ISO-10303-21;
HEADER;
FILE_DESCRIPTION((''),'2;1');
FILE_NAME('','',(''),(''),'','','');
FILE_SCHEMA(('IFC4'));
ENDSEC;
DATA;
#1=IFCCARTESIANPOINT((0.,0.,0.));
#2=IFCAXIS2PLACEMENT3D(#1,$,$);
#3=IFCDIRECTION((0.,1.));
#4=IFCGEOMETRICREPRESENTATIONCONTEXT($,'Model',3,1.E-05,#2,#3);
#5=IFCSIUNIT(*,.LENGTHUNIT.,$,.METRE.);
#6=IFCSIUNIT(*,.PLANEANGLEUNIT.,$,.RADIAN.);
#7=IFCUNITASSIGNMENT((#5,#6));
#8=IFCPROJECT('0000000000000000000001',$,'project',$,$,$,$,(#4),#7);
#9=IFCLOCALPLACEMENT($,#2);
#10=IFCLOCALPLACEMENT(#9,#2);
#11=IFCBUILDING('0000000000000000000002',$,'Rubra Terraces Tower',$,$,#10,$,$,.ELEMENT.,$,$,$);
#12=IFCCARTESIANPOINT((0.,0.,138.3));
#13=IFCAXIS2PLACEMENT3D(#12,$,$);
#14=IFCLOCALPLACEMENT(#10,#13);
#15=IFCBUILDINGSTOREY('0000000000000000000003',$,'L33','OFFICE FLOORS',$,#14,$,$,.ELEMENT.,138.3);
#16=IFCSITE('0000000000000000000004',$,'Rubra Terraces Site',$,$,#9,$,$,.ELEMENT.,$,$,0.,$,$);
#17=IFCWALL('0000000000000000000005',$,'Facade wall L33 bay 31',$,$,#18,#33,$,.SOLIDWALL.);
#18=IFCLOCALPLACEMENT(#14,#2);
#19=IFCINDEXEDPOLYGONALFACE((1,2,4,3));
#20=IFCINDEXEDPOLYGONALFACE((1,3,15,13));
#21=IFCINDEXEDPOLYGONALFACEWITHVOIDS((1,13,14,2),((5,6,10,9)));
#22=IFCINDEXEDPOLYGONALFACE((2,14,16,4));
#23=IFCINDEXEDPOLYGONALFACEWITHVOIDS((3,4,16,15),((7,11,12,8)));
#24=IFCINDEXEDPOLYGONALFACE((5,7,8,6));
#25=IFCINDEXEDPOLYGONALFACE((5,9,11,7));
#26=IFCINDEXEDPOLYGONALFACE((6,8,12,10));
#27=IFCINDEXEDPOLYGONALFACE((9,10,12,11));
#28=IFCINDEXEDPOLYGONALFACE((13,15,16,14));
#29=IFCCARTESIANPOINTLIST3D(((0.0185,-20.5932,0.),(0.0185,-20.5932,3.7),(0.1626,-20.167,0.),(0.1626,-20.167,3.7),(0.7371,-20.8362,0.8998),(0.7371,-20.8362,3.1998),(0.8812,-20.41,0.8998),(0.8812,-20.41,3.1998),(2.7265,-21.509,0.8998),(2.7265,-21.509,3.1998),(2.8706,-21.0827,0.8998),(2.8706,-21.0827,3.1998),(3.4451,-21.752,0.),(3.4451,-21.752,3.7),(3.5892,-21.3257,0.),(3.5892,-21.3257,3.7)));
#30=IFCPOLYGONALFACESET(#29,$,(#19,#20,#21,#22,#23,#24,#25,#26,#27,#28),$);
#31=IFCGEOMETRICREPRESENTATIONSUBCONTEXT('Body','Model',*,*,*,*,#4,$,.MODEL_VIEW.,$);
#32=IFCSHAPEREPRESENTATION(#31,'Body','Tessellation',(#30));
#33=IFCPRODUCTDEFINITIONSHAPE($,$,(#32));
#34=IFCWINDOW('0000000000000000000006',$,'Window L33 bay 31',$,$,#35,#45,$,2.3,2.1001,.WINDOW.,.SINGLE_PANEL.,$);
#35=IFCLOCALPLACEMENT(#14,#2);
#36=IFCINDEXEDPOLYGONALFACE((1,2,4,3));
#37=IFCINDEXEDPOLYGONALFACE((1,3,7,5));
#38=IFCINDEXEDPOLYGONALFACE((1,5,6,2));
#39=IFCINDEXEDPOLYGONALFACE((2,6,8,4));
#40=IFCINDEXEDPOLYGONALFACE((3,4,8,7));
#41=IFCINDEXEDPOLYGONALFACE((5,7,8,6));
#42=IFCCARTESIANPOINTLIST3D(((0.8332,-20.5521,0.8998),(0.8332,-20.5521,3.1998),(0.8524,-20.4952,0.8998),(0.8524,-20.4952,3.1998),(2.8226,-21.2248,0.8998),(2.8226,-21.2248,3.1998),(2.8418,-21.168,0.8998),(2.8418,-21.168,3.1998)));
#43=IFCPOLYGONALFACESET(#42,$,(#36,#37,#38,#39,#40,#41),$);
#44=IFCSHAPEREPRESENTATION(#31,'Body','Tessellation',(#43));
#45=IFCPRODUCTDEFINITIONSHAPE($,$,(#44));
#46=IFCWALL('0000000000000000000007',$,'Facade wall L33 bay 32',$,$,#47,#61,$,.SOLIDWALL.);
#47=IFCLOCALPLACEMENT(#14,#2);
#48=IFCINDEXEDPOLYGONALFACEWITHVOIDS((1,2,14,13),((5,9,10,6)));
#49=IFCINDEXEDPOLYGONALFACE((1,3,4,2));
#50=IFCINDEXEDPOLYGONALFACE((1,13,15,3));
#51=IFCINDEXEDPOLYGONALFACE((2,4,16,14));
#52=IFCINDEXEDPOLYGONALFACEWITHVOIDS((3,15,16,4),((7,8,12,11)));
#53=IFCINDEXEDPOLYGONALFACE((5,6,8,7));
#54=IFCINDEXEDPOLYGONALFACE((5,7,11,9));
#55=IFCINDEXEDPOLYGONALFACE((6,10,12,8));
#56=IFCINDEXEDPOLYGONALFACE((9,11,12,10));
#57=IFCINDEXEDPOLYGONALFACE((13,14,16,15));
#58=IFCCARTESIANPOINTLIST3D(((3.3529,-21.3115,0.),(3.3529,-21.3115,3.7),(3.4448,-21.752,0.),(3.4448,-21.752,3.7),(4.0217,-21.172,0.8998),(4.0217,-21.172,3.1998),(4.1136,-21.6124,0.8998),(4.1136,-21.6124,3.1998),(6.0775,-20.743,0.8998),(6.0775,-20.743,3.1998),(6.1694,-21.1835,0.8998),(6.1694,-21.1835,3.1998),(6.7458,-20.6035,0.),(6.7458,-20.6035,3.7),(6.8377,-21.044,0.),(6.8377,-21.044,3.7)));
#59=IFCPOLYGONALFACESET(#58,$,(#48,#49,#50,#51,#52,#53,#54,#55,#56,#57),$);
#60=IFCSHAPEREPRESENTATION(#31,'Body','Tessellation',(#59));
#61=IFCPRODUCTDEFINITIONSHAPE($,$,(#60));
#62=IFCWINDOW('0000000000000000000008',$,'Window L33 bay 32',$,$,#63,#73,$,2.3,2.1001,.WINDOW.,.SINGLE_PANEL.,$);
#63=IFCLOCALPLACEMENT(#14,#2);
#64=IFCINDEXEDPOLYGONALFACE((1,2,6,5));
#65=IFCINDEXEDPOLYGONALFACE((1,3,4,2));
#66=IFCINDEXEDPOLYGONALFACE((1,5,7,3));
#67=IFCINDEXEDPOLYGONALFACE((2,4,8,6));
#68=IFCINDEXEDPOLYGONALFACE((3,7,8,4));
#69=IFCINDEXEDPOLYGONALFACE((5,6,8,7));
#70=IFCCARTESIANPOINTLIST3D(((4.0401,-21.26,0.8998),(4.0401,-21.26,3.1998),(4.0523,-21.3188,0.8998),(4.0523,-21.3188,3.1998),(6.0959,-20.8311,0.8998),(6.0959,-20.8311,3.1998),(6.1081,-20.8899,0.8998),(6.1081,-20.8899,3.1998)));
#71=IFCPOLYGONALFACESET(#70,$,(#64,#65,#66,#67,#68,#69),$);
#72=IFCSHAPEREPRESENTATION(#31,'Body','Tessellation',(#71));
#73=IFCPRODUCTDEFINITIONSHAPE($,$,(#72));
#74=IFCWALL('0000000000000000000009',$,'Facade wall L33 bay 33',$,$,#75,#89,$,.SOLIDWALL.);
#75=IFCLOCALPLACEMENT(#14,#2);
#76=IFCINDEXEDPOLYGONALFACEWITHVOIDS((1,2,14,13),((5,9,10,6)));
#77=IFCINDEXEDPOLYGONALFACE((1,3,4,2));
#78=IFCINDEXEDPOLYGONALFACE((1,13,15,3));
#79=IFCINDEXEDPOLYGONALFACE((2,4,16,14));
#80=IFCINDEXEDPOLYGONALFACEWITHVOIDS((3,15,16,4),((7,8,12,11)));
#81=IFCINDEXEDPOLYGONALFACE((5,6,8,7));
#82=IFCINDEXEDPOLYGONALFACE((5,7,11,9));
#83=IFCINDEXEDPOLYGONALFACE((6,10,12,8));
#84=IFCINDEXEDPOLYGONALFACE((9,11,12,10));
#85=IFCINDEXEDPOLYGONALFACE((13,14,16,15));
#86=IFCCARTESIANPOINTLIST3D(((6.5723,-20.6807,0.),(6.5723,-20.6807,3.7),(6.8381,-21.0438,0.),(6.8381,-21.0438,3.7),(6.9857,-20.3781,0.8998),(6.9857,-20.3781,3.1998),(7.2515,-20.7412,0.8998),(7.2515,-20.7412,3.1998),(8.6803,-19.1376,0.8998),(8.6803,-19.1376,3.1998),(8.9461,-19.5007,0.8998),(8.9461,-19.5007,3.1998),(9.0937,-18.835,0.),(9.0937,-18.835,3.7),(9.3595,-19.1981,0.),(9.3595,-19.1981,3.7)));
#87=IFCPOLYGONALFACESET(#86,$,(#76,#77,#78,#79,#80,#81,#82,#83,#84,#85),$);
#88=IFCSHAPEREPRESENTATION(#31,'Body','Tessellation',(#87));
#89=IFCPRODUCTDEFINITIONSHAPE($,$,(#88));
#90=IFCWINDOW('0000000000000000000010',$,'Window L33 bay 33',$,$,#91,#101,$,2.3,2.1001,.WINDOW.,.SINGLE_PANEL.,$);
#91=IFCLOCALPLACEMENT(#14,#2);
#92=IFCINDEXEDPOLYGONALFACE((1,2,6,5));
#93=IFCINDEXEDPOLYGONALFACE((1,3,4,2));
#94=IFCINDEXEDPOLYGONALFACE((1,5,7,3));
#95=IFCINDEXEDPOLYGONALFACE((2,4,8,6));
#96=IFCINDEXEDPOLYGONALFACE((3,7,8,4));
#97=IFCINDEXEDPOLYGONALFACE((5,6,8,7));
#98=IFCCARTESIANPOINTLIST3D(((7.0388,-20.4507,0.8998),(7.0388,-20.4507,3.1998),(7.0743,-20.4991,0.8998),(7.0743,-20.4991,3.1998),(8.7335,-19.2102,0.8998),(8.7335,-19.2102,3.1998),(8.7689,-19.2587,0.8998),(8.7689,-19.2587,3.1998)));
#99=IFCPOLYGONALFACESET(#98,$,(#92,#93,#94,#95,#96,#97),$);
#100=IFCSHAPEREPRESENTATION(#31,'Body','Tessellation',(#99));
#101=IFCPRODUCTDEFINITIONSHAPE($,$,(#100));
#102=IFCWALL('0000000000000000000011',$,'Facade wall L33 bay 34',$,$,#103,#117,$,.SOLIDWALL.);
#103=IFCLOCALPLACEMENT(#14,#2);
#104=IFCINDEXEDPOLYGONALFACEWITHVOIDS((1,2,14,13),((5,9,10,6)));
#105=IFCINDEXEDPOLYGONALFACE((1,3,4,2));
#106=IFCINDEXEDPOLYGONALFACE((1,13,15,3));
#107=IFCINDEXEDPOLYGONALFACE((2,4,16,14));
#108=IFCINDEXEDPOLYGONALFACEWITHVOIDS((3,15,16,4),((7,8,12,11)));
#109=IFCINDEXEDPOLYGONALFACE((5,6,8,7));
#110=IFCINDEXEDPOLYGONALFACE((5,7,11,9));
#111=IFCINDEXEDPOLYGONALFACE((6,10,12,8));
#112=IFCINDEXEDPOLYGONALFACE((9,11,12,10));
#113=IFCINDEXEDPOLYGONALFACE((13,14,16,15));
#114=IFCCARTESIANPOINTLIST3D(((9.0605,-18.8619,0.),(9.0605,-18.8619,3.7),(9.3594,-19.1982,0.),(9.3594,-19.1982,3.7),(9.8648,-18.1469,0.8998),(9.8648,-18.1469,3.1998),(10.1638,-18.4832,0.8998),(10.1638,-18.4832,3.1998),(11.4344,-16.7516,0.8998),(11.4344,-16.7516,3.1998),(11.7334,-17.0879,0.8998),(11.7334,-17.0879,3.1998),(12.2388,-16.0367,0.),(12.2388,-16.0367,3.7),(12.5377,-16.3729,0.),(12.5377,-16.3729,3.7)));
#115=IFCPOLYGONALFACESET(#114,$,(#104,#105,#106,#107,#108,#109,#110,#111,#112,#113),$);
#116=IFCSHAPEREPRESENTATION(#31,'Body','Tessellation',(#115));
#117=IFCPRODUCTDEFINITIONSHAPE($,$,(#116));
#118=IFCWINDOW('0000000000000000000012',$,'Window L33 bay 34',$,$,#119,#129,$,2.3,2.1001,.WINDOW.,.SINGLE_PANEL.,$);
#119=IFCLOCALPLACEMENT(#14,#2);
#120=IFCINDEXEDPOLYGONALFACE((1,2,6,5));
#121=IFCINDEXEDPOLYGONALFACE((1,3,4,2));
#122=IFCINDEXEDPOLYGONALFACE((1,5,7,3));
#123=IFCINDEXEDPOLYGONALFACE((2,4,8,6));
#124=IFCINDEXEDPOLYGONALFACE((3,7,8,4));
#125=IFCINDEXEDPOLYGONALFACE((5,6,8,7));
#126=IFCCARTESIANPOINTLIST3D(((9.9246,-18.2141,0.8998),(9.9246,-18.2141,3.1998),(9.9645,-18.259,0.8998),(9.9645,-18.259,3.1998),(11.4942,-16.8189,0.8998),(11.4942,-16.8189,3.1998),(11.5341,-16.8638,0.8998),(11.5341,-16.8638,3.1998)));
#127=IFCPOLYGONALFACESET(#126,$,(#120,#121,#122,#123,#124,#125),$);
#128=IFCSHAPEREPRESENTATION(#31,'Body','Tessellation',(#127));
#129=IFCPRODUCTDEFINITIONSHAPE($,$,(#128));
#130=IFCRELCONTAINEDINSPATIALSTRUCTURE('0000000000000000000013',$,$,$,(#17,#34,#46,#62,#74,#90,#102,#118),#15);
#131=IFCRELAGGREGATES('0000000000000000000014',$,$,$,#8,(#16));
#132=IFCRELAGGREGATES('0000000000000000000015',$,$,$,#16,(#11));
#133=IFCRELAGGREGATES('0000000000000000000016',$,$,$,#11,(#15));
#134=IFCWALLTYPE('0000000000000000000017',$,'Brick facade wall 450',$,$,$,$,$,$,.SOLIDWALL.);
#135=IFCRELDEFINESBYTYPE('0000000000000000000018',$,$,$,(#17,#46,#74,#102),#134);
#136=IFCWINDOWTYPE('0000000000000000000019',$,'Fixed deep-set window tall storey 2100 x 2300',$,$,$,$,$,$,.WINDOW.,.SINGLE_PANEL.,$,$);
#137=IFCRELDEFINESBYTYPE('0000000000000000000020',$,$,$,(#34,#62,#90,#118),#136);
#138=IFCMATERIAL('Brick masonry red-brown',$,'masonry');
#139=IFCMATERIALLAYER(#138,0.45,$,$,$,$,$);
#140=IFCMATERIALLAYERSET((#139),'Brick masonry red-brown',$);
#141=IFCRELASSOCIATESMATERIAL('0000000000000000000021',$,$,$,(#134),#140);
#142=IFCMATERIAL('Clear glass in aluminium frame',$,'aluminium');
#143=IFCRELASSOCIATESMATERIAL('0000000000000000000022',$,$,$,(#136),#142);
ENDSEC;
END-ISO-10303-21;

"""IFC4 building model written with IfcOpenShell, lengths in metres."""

from ifc_helpers import new_model, si_unit, direction, frame, frame_2d, origin, place, context, subcontext, project, spatial, rectangle, extrude, material, layer, layer_set, type_object, element, fill, save


model = new_model("IFC4")

# Units and contexts
model_context = context("Model", 3, precision=1e-05, world=origin(), true_north=direction((0.0, 1.0)))
body_context = subcontext(model_context, "Body", "Model", "MODEL_VIEW")
ifc_project = project(units=[si_unit("LENGTHUNIT", "METRE"), si_unit("PLANEANGLEUNIT", "RADIAN")], contexts=[model_context])

# Site, building, storey
site_placement = place(None, origin())
site = spatial("IfcSite", under=ifc_project, at=site_placement, Name="Rubra Terraces Site", CompositionType="ELEMENT", RefElevation=0.0)
building_placement = place(site_placement, origin())
building = spatial("IfcBuilding", under=site, at=building_placement, Name="Rubra Terraces Tower", CompositionType="ELEMENT")
storey_placement = place(building_placement, frame((0.0, 0.0, 138.3)))
storey = spatial("IfcBuildingStorey", under=building, at=storey_placement, Name="L33", Description="OFFICE FLOORS", CompositionType="ELEMENT", Elevation=138.3)

# Walls, openings, windows
ifc_material_1 = material(Name="Brick masonry red-brown", Category="masonry")
ifc_layer_1 = layer(ifc_material_1, 0.45)
ifc_layer_set_1 = layer_set([ifc_layer_1], Name="Brick masonry red-brown")
wall_type_1 = type_object("IfcWallType", Name="Brick facade wall 450", PredefinedType="SOLIDWALL", material=ifc_layer_set_1)
wall_1_placement = place(storey_placement, frame((0.0906, -20.3801, 0.0), z_axis=(0.0, 0.0, 1.0), x_axis=(0.947304, -0.320335, 0.0)))
wall_1 = element("IfcWall", 1, at=wall_1_placement, inside=storey, type_object=wall_type_1, Name="Facade wall L33 bay 31", PredefinedType="SOLIDWALL", context=body_context, shape_type="SweptSolid", body=[
    extrude(rectangle(XDim=3.6172, YDim=0.45, at=frame_2d((1.8086, 0.0))), origin(), (0.0, 0.0, 1.0), 3.7),
])
opening_1_placement = place(wall_1_placement, frame((0.7585, 0.0, 0.8999)))
opening_1 = element("IfcOpeningElement", 2, at=opening_1_placement, cuts=wall_1, PredefinedType="OPENING", context=body_context, shape_type="SweptSolid", body=[
    extrude(rectangle(XDim=2.1001, YDim=2.3, at=frame_2d((1.05, 1.1499))), frame((0.0, 0.2349, 0.0), z_axis=(0.0, -1.0, 0.0), x_axis=(1.0, 0.0, 0.0)), (0.0, 0.0, 1.0), 0.47),
])
ifc_material_2 = material(Name="Clear glass in aluminium frame", Category="aluminium")
window_type = type_object("IfcWindowType", Name="Fixed deep-set window tall storey 2100 x 2300", PartitioningType="SINGLE_PANEL", PredefinedType="WINDOW", material=ifc_material_2)
window_1_placement = place(opening_1_placement, origin())
window_1 = element("IfcWindow", 3, at=window_1_placement, inside=storey, type_object=window_type, Name="Window L33 bay 31", OverallHeight=2.3, OverallWidth=2.1001, PartitioningType="SINGLE_PANEL", PredefinedType="WINDOW", context=body_context, shape_type="SweptSolid", body=[
    extrude(rectangle(XDim=2.1001, YDim=2.3, at=frame_2d((1.05, 1.1499))), frame((0.0, 0.135, 0.0), z_axis=(0.0, -1.0, 0.0), x_axis=(1.0, 0.0, 0.0)), (0.0, 0.0, 1.0), 0.0601),
])
fill(opening_1, window_1)
wall_2_placement = place(storey_placement, frame((3.3989, -21.5317, 0.0), z_axis=(0.0, 0.0, 1.0), x_axis=(0.978916, 0.204264, 0.0)))
wall_2 = element("IfcWall", 4, at=wall_2_placement, inside=storey, type_object=wall_type_1, Name="Facade wall L33 bay 32", PredefinedType="SOLIDWALL", context=body_context, shape_type="SweptSolid", body=[
    extrude(rectangle(XDim=3.4661, YDim=0.45, at=frame_2d((1.7329, 0.0))), origin(), (0.0, 0.0, 1.0), 3.7),
])
opening_2_placement = place(wall_2_placement, frame((0.6831, 0.0, 0.8999)))
opening_2 = element("IfcOpeningElement", 5, at=opening_2_placement, cuts=wall_2, PredefinedType="OPENING", context=body_context, shape_type="SweptSolid", body=[
    extrude(rectangle(XDim=2.1001, YDim=2.3, at=frame_2d((1.05, 1.1499))), frame((0.0, 0.2349, 0.0), z_axis=(0.0, -1.0, 0.0), x_axis=(1.0, 0.0, 0.0)), (0.0, 0.0, 1.0), 0.47),
])
window_2_placement = place(opening_2_placement, origin())
window_2 = element("IfcWindow", 6, at=window_2_placement, inside=storey, type_object=window_type, Name="Window L33 bay 32", OverallHeight=2.3, OverallWidth=2.1001, PartitioningType="SINGLE_PANEL", PredefinedType="WINDOW", context=body_context, shape_type="SweptSolid", body=[
    extrude(rectangle(XDim=2.1001, YDim=2.3, at=frame_2d((1.05, 1.1499))), frame((0.0, 0.135, 0.0), z_axis=(0.0, -1.0, 0.0), x_axis=(1.0, 0.0, 0.0)), (0.0, 0.0, 1.0), 0.0601),
])
fill(opening_2, window_2)
wall_3_placement = place(storey_placement, frame((6.7051, -20.8623, 0.0), z_axis=(0.0, 0.0, 1.0), x_axis=(0.806921, 0.590659, 0.0)))
wall_3 = element("IfcWall", 7, at=wall_3_placement, inside=storey, type_object=wall_type_1, Name="Facade wall L33 bay 33", PredefinedType="SOLIDWALL", context=body_context, shape_type="SweptSolid", body=[
    extrude(rectangle(XDim=3.1248, YDim=0.45, at=frame_2d((1.5625, 0.0))), origin(), (0.0, 0.0, 1.0), 3.7),
])
opening_3_placement = place(wall_3_placement, frame((0.5125, 0.0, 0.8999)))
opening_3 = element("IfcOpeningElement", 8, at=opening_3_placement, cuts=wall_3, PredefinedType="OPENING", context=body_context, shape_type="SweptSolid", body=[
    extrude(rectangle(XDim=2.1001, YDim=2.3, at=frame_2d((1.05, 1.1499))), frame((0.0, 0.2349, 0.0), z_axis=(0.0, -1.0, 0.0), x_axis=(1.0, 0.0, 0.0)), (0.0, 0.0, 1.0), 0.47),
])
window_3_placement = place(opening_3_placement, origin())
window_3 = element("IfcWindow", 9, at=window_3_placement, inside=storey, type_object=window_type, Name="Window L33 bay 33", OverallHeight=2.3, OverallWidth=2.1001, PartitioningType="SINGLE_PANEL", PredefinedType="WINDOW", context=body_context, shape_type="SweptSolid", body=[
    extrude(rectangle(XDim=2.1001, YDim=2.3, at=frame_2d((1.05, 1.1499))), frame((0.0, 0.135, 0.0), z_axis=(0.0, -1.0, 0.0), x_axis=(1.0, 0.0, 0.0)), (0.0, 0.0, 1.0), 0.0601),
])
fill(opening_3, window_3)
wall_4_placement = place(storey_placement, frame((9.21, -19.03, 0.0), z_axis=(0.0, 0.0, 1.0), x_axis=(0.747397, 0.664378, 0.0)))
wall_4 = element("IfcWall", 10, at=wall_4_placement, inside=storey, type_object=wall_type_1, Name="Facade wall L33 bay 34", PredefinedType="SOLIDWALL", context=body_context, shape_type="SweptSolid", body=[
    extrude(rectangle(XDim=4.2524, YDim=0.45, at=frame_2d((2.1262, 0.0))), origin(), (0.0, 0.0, 1.0), 3.7),
])
opening_4_placement = place(wall_4_placement, frame((1.0762, 0.0, 0.8999)))
opening_4 = element("IfcOpeningElement", 11, at=opening_4_placement, cuts=wall_4, PredefinedType="OPENING", context=body_context, shape_type="SweptSolid", body=[
    extrude(rectangle(XDim=2.1001, YDim=2.3, at=frame_2d((1.05, 1.1499))), frame((0.0, 0.2349, 0.0), z_axis=(0.0, -1.0, 0.0), x_axis=(1.0, 0.0, 0.0)), (0.0, 0.0, 1.0), 0.47),
])
window_4_placement = place(opening_4_placement, origin())
window_4 = element("IfcWindow", 12, at=window_4_placement, inside=storey, type_object=window_type, Name="Window L33 bay 34", OverallHeight=2.3, OverallWidth=2.1001, PartitioningType="SINGLE_PANEL", PredefinedType="WINDOW", context=body_context, shape_type="SweptSolid", body=[
    extrude(rectangle(XDim=2.1001, YDim=2.3, at=frame_2d((1.05, 1.1499))), frame((0.0, 0.135, 0.0), z_axis=(0.0, -1.0, 0.0), x_axis=(1.0, 0.0, 0.0)), (0.0, 0.0, 1.0), 0.0601),
])
fill(opening_4, window_4)

save(model, "model.ifc")
